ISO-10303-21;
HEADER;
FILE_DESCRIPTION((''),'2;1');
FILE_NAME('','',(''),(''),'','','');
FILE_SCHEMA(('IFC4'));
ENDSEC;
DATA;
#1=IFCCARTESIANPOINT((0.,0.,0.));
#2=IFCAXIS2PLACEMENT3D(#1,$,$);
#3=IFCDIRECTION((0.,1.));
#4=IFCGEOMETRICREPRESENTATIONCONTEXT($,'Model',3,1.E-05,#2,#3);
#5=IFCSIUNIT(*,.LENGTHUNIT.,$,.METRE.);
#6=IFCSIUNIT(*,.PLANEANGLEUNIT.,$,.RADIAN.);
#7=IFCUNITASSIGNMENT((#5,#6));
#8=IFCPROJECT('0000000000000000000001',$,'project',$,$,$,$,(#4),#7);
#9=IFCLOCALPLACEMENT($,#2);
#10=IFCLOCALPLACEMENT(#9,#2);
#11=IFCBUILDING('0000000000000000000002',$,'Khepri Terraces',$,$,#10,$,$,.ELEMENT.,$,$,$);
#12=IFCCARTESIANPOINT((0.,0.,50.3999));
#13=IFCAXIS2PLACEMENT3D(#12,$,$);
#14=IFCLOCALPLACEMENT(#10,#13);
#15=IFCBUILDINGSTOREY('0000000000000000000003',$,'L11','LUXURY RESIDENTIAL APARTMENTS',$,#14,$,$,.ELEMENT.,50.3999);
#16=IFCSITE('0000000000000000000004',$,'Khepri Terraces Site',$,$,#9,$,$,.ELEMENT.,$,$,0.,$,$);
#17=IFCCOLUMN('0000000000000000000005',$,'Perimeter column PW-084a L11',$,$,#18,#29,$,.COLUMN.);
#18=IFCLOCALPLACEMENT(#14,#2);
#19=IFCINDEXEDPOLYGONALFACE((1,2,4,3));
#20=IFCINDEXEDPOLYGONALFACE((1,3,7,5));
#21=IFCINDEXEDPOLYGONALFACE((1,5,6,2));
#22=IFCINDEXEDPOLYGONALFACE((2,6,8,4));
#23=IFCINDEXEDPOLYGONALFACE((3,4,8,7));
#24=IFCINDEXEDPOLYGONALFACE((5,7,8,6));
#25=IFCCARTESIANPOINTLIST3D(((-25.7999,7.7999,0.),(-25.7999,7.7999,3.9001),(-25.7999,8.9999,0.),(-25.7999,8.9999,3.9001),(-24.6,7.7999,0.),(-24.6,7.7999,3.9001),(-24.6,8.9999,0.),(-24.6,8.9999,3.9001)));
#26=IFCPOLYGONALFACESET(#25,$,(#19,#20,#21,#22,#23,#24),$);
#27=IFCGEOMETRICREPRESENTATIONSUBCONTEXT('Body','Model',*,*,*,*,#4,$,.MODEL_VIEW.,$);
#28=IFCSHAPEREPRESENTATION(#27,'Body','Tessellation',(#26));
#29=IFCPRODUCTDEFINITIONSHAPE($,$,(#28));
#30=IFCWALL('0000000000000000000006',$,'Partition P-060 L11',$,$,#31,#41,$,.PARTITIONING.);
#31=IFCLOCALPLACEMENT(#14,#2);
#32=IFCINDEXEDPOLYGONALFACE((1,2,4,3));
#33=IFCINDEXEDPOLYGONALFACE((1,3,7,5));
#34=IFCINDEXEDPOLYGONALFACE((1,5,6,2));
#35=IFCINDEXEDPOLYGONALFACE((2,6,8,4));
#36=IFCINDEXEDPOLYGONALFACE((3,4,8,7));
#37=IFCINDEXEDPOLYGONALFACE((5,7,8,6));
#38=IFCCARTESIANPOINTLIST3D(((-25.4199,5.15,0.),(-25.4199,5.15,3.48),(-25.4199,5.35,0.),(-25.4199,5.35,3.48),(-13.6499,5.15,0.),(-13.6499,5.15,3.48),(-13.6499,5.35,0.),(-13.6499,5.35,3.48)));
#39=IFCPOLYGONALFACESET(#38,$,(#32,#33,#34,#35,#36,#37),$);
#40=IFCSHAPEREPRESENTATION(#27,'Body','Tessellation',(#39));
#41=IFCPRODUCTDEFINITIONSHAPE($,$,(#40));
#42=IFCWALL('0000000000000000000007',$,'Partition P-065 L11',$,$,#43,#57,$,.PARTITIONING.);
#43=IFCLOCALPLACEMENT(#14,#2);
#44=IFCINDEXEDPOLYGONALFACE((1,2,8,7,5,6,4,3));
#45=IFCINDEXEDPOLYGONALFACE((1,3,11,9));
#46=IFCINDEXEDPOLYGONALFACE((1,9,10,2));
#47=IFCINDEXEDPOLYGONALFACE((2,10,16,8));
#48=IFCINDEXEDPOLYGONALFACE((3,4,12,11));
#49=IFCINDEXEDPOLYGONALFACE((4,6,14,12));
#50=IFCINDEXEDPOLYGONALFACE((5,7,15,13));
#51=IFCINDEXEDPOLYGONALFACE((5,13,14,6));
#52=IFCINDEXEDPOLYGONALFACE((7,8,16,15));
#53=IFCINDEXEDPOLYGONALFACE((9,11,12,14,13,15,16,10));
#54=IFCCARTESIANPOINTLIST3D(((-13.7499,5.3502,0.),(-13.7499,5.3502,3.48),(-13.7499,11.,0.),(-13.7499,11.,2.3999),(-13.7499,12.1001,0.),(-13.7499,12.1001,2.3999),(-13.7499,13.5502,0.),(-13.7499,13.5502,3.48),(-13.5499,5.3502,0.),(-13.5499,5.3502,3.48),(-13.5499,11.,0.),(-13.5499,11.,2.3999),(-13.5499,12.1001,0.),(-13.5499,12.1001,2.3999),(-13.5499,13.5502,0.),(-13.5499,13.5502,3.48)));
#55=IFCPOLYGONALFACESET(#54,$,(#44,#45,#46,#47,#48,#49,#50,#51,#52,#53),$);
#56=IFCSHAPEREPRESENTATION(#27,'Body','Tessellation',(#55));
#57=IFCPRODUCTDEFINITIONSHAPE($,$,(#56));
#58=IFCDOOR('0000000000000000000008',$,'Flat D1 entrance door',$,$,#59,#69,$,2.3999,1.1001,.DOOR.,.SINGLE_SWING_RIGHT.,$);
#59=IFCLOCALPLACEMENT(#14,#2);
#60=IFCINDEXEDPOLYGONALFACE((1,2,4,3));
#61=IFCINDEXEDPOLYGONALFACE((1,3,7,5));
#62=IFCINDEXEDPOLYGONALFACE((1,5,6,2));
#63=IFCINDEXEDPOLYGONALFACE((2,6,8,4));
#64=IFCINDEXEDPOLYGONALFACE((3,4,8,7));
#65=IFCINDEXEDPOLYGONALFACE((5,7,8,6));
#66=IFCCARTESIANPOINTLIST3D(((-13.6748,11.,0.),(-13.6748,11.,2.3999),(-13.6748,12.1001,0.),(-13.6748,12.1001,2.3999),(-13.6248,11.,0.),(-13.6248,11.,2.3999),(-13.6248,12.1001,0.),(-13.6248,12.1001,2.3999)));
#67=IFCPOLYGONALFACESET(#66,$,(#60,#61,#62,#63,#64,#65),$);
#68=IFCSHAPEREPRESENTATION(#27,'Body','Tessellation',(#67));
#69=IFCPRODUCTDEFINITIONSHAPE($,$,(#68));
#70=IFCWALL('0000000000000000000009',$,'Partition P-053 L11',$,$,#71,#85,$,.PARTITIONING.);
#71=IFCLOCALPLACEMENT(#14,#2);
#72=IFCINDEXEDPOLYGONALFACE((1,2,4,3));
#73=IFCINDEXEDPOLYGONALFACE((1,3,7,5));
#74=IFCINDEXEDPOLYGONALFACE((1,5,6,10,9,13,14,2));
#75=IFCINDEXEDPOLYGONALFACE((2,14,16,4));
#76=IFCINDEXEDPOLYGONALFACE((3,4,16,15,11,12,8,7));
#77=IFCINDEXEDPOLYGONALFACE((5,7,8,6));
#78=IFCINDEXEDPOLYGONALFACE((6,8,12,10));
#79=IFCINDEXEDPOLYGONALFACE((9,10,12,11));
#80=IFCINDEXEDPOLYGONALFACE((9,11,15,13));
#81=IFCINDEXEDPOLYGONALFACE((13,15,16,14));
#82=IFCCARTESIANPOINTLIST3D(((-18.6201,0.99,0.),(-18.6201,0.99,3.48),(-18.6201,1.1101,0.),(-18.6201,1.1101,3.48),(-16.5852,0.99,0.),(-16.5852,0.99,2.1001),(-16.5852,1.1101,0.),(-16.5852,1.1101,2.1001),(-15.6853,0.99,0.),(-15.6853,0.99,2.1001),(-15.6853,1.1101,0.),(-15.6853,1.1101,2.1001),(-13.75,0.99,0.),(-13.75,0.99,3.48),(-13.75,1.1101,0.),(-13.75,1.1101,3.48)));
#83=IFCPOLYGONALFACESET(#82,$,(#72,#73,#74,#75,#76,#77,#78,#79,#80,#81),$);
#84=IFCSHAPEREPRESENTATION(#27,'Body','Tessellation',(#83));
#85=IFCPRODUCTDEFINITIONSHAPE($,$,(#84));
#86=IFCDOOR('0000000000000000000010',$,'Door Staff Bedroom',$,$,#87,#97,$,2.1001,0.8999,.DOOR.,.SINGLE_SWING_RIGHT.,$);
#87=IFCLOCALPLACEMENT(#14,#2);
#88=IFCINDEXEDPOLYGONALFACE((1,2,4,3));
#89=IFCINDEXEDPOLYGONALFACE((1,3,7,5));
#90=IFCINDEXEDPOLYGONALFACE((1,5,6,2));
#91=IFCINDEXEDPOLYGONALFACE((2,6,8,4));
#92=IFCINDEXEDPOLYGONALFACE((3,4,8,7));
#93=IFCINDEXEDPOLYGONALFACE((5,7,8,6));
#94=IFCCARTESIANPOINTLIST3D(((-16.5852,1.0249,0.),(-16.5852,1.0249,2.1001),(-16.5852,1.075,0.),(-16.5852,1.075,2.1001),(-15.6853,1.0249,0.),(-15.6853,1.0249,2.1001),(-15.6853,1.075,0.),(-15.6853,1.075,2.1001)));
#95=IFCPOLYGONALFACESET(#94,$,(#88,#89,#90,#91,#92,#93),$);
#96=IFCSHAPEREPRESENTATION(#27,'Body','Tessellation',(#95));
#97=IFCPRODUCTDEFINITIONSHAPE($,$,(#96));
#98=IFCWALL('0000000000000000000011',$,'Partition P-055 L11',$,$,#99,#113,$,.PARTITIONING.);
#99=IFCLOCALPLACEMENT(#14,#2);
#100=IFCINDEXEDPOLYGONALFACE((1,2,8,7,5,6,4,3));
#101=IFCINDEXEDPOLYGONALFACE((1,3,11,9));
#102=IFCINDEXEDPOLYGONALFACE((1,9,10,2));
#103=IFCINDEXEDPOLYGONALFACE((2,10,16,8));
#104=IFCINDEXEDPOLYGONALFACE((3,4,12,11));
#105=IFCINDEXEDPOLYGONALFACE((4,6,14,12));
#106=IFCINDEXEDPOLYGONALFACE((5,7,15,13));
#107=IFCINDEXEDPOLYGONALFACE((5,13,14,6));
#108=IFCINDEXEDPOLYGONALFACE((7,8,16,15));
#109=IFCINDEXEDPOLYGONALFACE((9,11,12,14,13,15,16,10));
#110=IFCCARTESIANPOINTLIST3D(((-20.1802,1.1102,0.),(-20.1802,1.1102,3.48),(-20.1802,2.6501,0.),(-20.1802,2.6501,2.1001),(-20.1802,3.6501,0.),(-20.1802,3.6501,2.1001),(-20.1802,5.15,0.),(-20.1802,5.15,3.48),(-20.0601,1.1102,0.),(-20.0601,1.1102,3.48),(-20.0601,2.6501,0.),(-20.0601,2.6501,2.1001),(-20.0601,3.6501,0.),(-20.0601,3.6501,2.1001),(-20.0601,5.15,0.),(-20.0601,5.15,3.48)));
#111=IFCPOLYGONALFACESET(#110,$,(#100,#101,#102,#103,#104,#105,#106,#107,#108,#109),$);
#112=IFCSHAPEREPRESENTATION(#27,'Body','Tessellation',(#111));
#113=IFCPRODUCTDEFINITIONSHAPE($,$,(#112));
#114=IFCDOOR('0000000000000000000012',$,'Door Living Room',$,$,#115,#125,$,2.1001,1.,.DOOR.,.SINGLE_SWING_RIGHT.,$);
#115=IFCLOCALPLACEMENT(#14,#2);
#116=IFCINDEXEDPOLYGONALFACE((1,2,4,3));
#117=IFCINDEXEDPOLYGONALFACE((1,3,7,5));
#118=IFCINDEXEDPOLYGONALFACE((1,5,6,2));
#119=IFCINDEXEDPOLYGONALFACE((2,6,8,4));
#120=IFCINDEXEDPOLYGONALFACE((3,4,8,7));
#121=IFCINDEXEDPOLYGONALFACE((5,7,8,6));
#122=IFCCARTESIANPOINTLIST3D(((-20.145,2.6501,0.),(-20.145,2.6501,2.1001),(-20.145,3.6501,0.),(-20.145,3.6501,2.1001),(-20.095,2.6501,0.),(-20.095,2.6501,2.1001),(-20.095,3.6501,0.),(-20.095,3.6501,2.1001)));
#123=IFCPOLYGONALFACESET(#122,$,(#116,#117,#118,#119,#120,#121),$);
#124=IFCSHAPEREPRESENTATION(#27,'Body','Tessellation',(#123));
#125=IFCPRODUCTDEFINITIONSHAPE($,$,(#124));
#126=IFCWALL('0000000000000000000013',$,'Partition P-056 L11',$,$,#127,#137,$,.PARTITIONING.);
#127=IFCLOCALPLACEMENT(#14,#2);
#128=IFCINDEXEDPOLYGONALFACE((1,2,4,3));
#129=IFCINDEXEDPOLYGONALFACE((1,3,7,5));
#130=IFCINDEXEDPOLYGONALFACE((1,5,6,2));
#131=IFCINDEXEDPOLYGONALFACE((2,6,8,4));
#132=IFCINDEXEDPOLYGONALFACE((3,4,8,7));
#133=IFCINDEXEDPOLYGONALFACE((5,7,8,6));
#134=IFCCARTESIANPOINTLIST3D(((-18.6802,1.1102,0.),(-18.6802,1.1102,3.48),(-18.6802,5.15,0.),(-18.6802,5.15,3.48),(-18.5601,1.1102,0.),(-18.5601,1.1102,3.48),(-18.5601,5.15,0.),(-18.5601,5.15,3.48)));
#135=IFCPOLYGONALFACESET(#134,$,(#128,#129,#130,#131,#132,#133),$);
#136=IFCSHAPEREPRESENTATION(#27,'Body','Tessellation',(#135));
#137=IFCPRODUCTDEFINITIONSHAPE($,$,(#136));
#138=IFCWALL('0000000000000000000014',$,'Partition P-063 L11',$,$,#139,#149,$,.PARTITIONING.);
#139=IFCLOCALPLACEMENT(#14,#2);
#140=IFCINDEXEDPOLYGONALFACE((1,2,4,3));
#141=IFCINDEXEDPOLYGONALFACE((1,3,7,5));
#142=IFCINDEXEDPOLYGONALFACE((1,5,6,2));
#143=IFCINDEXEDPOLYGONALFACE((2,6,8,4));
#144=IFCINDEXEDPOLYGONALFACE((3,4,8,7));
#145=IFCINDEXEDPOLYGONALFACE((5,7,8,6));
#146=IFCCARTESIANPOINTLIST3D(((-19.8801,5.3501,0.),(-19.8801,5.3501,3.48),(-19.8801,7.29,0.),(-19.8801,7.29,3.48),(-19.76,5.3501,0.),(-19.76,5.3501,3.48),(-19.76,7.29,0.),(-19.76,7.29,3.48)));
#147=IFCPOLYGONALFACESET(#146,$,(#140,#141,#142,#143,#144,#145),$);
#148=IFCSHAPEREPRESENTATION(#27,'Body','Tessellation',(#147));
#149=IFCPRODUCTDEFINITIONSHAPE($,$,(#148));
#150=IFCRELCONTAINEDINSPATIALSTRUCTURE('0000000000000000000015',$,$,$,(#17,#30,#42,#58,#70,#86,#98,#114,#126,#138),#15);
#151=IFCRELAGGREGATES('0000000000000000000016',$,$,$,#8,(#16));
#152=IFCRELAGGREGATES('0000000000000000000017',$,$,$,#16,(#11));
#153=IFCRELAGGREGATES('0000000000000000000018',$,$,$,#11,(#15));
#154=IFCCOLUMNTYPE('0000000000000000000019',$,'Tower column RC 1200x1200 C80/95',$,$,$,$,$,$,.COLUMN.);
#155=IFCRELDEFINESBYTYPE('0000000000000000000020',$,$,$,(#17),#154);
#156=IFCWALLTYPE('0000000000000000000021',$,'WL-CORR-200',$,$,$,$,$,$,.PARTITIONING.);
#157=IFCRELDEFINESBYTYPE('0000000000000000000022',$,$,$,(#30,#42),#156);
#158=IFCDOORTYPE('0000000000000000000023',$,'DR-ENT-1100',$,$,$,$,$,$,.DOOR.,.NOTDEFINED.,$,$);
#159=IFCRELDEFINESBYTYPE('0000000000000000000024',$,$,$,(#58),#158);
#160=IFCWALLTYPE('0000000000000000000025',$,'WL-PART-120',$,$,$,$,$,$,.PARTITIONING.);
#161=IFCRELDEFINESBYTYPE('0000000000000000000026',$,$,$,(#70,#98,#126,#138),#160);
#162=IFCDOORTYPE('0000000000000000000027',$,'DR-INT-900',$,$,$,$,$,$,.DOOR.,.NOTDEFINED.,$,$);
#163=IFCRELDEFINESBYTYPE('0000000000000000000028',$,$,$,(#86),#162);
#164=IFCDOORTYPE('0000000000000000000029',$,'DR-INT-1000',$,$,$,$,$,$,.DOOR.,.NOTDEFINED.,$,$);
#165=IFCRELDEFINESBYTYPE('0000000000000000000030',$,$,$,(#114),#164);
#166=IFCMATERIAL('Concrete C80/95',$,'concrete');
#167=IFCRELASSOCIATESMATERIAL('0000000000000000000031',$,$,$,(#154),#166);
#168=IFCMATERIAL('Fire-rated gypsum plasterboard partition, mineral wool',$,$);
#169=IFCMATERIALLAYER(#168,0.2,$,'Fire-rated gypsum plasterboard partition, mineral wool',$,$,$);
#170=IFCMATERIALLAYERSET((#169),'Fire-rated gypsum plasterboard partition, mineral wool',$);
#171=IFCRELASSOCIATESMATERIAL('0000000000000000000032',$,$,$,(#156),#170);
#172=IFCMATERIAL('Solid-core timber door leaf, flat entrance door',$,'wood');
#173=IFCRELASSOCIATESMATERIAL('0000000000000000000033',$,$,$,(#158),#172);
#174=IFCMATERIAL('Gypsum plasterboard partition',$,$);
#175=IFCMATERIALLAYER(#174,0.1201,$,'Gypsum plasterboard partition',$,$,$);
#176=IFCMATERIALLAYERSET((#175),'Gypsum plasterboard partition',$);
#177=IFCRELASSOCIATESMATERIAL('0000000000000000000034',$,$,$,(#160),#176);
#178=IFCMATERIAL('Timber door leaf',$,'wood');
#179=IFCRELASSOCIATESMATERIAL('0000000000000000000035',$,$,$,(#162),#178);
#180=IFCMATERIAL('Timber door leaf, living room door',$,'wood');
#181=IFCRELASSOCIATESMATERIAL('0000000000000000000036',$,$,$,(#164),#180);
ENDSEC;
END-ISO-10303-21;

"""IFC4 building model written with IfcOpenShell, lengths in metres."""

from ifc_helpers import new_model, si_unit, direction, frame, frame_2d, origin, origin_2d, place, context, subcontext, project, spatial, rectangle, extrude, material, layer, layer_set, material_profile, profile_set, type_object, element, fill, save


model = new_model("IFC4")

# Units and contexts
model_context = context("Model", 3, precision=1e-05, world=origin(), true_north=direction((0.0, 1.0)))
body_context = subcontext(model_context, "Body", "Model", "MODEL_VIEW")
ifc_project = project(units=[si_unit("LENGTHUNIT", "METRE"), si_unit("PLANEANGLEUNIT", "RADIAN")], contexts=[model_context])

# Site, building, storey
site_placement = place(None, origin())
site = spatial("IfcSite", under=ifc_project, at=site_placement, Name="Khepri Terraces Site", CompositionType="ELEMENT", RefElevation=0.0)
building_placement = place(site_placement, origin())
building = spatial("IfcBuilding", under=site, at=building_placement, Name="Khepri Terraces", CompositionType="ELEMENT")
storey_placement = place(building_placement, frame((0.0, 0.0, 50.3999)))
storey = spatial("IfcBuildingStorey", under=building, at=storey_placement, Name="L11", Description="LUXURY RESIDENTIAL APARTMENTS", CompositionType="ELEMENT", Elevation=50.3999)

# Column
ifc_material_1 = material(Name="Concrete C80/95", Category="concrete")
ifc_material_profile = material_profile(ifc_material_1, rectangle(XDim=1.2, YDim=1.2, at=origin_2d()), Name="Concrete C80/95", Category="concrete")
ifc_profile_set = profile_set([ifc_material_profile], Name="Concrete C80/95")
column_type = type_object("IfcColumnType", Name="Tower column RC 1200x1200 C80/95", PredefinedType="COLUMN", material=ifc_profile_set)
column_placement = place(storey_placement, frame((-25.2, 8.3999, 0.0), z_axis=(0.0, 0.0, 1.0), x_axis=(1.0, 0.0, 0.0)))
element("IfcColumn", 1, at=column_placement, inside=storey, type_object=column_type, Name="Perimeter column PW-084a L11", PredefinedType="COLUMN", context=body_context, shape_type="SweptSolid", body=[
    extrude(rectangle(XDim=1.2, YDim=1.2, at=origin_2d()), origin(), (0.0, 0.0, 1.0), 3.9001),
])

# Wall
ifc_material_2 = material(Name="Fire-rated gypsum plasterboard partition, mineral wool")
ifc_layer_1 = layer(ifc_material_2, 0.2, Name="Fire-rated gypsum plasterboard partition, mineral wool")
ifc_layer_set_1 = layer_set([ifc_layer_1], Name="Fire-rated gypsum plasterboard partition, mineral wool")
wall_type_1 = type_object("IfcWallType", Name="WL-CORR-200", PredefinedType="PARTITIONING", material=ifc_layer_set_1)
wall_1_placement = place(storey_placement, frame((-25.4199, 5.25, 0.0), z_axis=(0.0, 0.0, 1.0), x_axis=(1.0, 0.0, 0.0)))
element("IfcWall", 2, at=wall_1_placement, inside=storey, type_object=wall_type_1, Name="Partition P-060 L11", PredefinedType="PARTITIONING", context=body_context, shape_type="SweptSolid", body=[
    extrude(rectangle(XDim=11.77, YDim=0.2, at=frame_2d((5.885, 0.0))), origin(), (0.0, 0.0, 1.0), 3.48),
])

# Wall, opening, door
wall_2_placement = place(storey_placement, frame((-13.6499, 5.3501, 0.0), z_axis=(0.0, 0.0, 1.0), x_axis=(0.0, 1.0, 0.0)))
wall_2 = element("IfcWall", 3, at=wall_2_placement, inside=storey, type_object=wall_type_1, Name="Partition P-065 L11", PredefinedType="PARTITIONING", context=body_context, shape_type="SweptSolid", body=[
    extrude(rectangle(XDim=8.2, YDim=0.2, at=frame_2d((4.1001, 0.0))), origin(), (0.0, 0.0, 1.0), 3.48),
])
opening_1_placement = place(wall_2_placement, frame((5.6499, 0.0, 0.0)))
opening_1 = element("IfcOpeningElement", 4, at=opening_1_placement, cuts=wall_2, PredefinedType="OPENING", context=body_context, shape_type="SweptSolid", body=[
    extrude(rectangle(XDim=1.1001, YDim=2.3999, at=frame_2d((0.55, 1.2))), frame((0.0, 0.1099, 0.0), z_axis=(0.0, -1.0, 0.0), x_axis=(1.0, 0.0, 0.0)), (0.0, 0.0, 1.0), 0.22),
])
ifc_material_3 = material(Name="Solid-core timber door leaf, flat entrance door", Category="wood")
door_type_1 = type_object("IfcDoorType", Name="DR-ENT-1100", OperationType="NOTDEFINED", PredefinedType="DOOR", material=ifc_material_3)
door_1_placement = place(opening_1_placement, origin())
door_1 = element("IfcDoor", 5, at=door_1_placement, inside=storey, type_object=door_type_1, Name="Flat D1 entrance door", OperationType="SINGLE_SWING_RIGHT", OverallHeight=2.3999, OverallWidth=1.1001, PredefinedType="DOOR", context=body_context, shape_type="SweptSolid", body=[
    extrude(rectangle(XDim=1.1001, YDim=2.3999, at=frame_2d((0.55, 1.2))), frame((0.0, 0.0249, 0.0), z_axis=(0.0, -1.0, 0.0), x_axis=(1.0, 0.0, 0.0)), (0.0, 0.0, 1.0), 0.05),
])
fill(opening_1, door_1)

# Walls, openings, doors
ifc_material_4 = material(Name="Gypsum plasterboard partition")
ifc_layer_2 = layer(ifc_material_4, 0.1201, Name="Gypsum plasterboard partition")
ifc_layer_set_2 = layer_set([ifc_layer_2], Name="Gypsum plasterboard partition")
wall_type_2 = type_object("IfcWallType", Name="WL-PART-120", PredefinedType="PARTITIONING", material=ifc_layer_set_2)
wall_3_placement = place(storey_placement, frame((-18.6201, 1.05, 0.0), z_axis=(0.0, 0.0, 1.0), x_axis=(1.0, 0.0, 0.0)))
wall_3 = element("IfcWall", 6, at=wall_3_placement, inside=storey, type_object=wall_type_2, Name="Partition P-053 L11", PredefinedType="PARTITIONING", context=body_context, shape_type="SweptSolid", body=[
    extrude(rectangle(XDim=4.8701, YDim=0.1201, at=frame_2d((2.4351, 0.0))), origin(), (0.0, 0.0, 1.0), 3.48),
])
opening_2_placement = place(wall_3_placement, frame((2.0349, 0.0, 0.0)))
opening_2 = element("IfcOpeningElement", 7, at=opening_2_placement, cuts=wall_3, PredefinedType="OPENING", context=body_context, shape_type="SweptSolid", body=[
    extrude(rectangle(XDim=0.8999, YDim=2.1001, at=frame_2d((0.45, 1.05))), frame((0.0, 0.0701, 0.0), z_axis=(0.0, -1.0, 0.0), x_axis=(1.0, 0.0, 0.0)), (0.0, 0.0, 1.0), 0.1401),
])
ifc_material_5 = material(Name="Timber door leaf", Category="wood")
door_type_2 = type_object("IfcDoorType", Name="DR-INT-900", OperationType="NOTDEFINED", PredefinedType="DOOR", material=ifc_material_5)
door_2_placement = place(opening_2_placement, origin())
door_2 = element("IfcDoor", 8, at=door_2_placement, inside=storey, type_object=door_type_2, Name="Door Staff Bedroom", OperationType="SINGLE_SWING_RIGHT", OverallHeight=2.1001, OverallWidth=0.8999, PredefinedType="DOOR", context=body_context, shape_type="SweptSolid", body=[
    extrude(rectangle(XDim=0.8999, YDim=2.1001, at=frame_2d((0.45, 1.05))), frame((0.0, 0.0249, 0.0), z_axis=(0.0, -1.0, 0.0), x_axis=(1.0, 0.0, 0.0)), (0.0, 0.0, 1.0), 0.05),
])
fill(opening_2, door_2)
wall_4_placement = place(storey_placement, frame((-20.1201, 1.1101, 0.0), z_axis=(0.0, 0.0, 1.0), x_axis=(0.0, 1.0, 0.0)))
wall_4 = element("IfcWall", 9, at=wall_4_placement, inside=storey, type_object=wall_type_2, Name="Partition P-055 L11", PredefinedType="PARTITIONING", context=body_context, shape_type="SweptSolid", body=[
    extrude(rectangle(XDim=4.0398, YDim=0.1201, at=frame_2d((2.02, 0.0))), origin(), (0.0, 0.0, 1.0), 3.48),
])
opening_3_placement = place(wall_4_placement, frame((1.54, 0.0, 0.0)))
opening_3 = element("IfcOpeningElement", 10, at=opening_3_placement, cuts=wall_4, PredefinedType="OPENING", context=body_context, shape_type="SweptSolid", body=[
    extrude(rectangle(XDim=1.0, YDim=2.1001, at=frame_2d((0.5, 1.05))), frame((0.0, 0.0701, 0.0), z_axis=(0.0, -1.0, 0.0), x_axis=(1.0, 0.0, 0.0)), (0.0, 0.0, 1.0), 0.1401),
])
ifc_material_6 = material(Name="Timber door leaf, living room door", Category="wood")
door_type_3 = type_object("IfcDoorType", Name="DR-INT-1000", OperationType="NOTDEFINED", PredefinedType="DOOR", material=ifc_material_6)
door_3_placement = place(opening_3_placement, origin())
door_3 = element("IfcDoor", 11, at=door_3_placement, inside=storey, type_object=door_type_3, Name="Door Living Room", OperationType="SINGLE_SWING_RIGHT", OverallHeight=2.1001, OverallWidth=1.0, PredefinedType="DOOR", context=body_context, shape_type="SweptSolid", body=[
    extrude(rectangle(XDim=1.0, YDim=2.1001, at=frame_2d((0.5, 1.05))), frame((0.0, 0.0249, 0.0), z_axis=(0.0, -1.0, 0.0), x_axis=(1.0, 0.0, 0.0)), (0.0, 0.0, 1.0), 0.05),
])
fill(opening_3, door_3)

# Walls
wall_5_placement = place(storey_placement, frame((-18.6201, 1.1101, 0.0), z_axis=(0.0, 0.0, 1.0), x_axis=(0.0, 1.0, 0.0)))
element("IfcWall", 12, at=wall_5_placement, inside=storey, type_object=wall_type_2, Name="Partition P-056 L11", PredefinedType="PARTITIONING", context=body_context, shape_type="SweptSolid", body=[
    extrude(rectangle(XDim=4.0398, YDim=0.1201, at=frame_2d((2.02, 0.0))), origin(), (0.0, 0.0, 1.0), 3.48),
])
wall_6_placement = place(storey_placement, frame((-19.8201, 5.3501, 0.0), z_axis=(0.0, 0.0, 1.0), x_axis=(0.0, 1.0, 0.0)))
element("IfcWall", 13, at=wall_6_placement, inside=storey, type_object=wall_type_2, Name="Partition P-063 L11", PredefinedType="PARTITIONING", context=body_context, shape_type="SweptSolid", body=[
    extrude(rectangle(XDim=1.9399, YDim=0.1201, at=frame_2d((0.97, 0.0))), origin(), (0.0, 0.0, 1.0), 3.48),
])

save(model, "model.ifc")
